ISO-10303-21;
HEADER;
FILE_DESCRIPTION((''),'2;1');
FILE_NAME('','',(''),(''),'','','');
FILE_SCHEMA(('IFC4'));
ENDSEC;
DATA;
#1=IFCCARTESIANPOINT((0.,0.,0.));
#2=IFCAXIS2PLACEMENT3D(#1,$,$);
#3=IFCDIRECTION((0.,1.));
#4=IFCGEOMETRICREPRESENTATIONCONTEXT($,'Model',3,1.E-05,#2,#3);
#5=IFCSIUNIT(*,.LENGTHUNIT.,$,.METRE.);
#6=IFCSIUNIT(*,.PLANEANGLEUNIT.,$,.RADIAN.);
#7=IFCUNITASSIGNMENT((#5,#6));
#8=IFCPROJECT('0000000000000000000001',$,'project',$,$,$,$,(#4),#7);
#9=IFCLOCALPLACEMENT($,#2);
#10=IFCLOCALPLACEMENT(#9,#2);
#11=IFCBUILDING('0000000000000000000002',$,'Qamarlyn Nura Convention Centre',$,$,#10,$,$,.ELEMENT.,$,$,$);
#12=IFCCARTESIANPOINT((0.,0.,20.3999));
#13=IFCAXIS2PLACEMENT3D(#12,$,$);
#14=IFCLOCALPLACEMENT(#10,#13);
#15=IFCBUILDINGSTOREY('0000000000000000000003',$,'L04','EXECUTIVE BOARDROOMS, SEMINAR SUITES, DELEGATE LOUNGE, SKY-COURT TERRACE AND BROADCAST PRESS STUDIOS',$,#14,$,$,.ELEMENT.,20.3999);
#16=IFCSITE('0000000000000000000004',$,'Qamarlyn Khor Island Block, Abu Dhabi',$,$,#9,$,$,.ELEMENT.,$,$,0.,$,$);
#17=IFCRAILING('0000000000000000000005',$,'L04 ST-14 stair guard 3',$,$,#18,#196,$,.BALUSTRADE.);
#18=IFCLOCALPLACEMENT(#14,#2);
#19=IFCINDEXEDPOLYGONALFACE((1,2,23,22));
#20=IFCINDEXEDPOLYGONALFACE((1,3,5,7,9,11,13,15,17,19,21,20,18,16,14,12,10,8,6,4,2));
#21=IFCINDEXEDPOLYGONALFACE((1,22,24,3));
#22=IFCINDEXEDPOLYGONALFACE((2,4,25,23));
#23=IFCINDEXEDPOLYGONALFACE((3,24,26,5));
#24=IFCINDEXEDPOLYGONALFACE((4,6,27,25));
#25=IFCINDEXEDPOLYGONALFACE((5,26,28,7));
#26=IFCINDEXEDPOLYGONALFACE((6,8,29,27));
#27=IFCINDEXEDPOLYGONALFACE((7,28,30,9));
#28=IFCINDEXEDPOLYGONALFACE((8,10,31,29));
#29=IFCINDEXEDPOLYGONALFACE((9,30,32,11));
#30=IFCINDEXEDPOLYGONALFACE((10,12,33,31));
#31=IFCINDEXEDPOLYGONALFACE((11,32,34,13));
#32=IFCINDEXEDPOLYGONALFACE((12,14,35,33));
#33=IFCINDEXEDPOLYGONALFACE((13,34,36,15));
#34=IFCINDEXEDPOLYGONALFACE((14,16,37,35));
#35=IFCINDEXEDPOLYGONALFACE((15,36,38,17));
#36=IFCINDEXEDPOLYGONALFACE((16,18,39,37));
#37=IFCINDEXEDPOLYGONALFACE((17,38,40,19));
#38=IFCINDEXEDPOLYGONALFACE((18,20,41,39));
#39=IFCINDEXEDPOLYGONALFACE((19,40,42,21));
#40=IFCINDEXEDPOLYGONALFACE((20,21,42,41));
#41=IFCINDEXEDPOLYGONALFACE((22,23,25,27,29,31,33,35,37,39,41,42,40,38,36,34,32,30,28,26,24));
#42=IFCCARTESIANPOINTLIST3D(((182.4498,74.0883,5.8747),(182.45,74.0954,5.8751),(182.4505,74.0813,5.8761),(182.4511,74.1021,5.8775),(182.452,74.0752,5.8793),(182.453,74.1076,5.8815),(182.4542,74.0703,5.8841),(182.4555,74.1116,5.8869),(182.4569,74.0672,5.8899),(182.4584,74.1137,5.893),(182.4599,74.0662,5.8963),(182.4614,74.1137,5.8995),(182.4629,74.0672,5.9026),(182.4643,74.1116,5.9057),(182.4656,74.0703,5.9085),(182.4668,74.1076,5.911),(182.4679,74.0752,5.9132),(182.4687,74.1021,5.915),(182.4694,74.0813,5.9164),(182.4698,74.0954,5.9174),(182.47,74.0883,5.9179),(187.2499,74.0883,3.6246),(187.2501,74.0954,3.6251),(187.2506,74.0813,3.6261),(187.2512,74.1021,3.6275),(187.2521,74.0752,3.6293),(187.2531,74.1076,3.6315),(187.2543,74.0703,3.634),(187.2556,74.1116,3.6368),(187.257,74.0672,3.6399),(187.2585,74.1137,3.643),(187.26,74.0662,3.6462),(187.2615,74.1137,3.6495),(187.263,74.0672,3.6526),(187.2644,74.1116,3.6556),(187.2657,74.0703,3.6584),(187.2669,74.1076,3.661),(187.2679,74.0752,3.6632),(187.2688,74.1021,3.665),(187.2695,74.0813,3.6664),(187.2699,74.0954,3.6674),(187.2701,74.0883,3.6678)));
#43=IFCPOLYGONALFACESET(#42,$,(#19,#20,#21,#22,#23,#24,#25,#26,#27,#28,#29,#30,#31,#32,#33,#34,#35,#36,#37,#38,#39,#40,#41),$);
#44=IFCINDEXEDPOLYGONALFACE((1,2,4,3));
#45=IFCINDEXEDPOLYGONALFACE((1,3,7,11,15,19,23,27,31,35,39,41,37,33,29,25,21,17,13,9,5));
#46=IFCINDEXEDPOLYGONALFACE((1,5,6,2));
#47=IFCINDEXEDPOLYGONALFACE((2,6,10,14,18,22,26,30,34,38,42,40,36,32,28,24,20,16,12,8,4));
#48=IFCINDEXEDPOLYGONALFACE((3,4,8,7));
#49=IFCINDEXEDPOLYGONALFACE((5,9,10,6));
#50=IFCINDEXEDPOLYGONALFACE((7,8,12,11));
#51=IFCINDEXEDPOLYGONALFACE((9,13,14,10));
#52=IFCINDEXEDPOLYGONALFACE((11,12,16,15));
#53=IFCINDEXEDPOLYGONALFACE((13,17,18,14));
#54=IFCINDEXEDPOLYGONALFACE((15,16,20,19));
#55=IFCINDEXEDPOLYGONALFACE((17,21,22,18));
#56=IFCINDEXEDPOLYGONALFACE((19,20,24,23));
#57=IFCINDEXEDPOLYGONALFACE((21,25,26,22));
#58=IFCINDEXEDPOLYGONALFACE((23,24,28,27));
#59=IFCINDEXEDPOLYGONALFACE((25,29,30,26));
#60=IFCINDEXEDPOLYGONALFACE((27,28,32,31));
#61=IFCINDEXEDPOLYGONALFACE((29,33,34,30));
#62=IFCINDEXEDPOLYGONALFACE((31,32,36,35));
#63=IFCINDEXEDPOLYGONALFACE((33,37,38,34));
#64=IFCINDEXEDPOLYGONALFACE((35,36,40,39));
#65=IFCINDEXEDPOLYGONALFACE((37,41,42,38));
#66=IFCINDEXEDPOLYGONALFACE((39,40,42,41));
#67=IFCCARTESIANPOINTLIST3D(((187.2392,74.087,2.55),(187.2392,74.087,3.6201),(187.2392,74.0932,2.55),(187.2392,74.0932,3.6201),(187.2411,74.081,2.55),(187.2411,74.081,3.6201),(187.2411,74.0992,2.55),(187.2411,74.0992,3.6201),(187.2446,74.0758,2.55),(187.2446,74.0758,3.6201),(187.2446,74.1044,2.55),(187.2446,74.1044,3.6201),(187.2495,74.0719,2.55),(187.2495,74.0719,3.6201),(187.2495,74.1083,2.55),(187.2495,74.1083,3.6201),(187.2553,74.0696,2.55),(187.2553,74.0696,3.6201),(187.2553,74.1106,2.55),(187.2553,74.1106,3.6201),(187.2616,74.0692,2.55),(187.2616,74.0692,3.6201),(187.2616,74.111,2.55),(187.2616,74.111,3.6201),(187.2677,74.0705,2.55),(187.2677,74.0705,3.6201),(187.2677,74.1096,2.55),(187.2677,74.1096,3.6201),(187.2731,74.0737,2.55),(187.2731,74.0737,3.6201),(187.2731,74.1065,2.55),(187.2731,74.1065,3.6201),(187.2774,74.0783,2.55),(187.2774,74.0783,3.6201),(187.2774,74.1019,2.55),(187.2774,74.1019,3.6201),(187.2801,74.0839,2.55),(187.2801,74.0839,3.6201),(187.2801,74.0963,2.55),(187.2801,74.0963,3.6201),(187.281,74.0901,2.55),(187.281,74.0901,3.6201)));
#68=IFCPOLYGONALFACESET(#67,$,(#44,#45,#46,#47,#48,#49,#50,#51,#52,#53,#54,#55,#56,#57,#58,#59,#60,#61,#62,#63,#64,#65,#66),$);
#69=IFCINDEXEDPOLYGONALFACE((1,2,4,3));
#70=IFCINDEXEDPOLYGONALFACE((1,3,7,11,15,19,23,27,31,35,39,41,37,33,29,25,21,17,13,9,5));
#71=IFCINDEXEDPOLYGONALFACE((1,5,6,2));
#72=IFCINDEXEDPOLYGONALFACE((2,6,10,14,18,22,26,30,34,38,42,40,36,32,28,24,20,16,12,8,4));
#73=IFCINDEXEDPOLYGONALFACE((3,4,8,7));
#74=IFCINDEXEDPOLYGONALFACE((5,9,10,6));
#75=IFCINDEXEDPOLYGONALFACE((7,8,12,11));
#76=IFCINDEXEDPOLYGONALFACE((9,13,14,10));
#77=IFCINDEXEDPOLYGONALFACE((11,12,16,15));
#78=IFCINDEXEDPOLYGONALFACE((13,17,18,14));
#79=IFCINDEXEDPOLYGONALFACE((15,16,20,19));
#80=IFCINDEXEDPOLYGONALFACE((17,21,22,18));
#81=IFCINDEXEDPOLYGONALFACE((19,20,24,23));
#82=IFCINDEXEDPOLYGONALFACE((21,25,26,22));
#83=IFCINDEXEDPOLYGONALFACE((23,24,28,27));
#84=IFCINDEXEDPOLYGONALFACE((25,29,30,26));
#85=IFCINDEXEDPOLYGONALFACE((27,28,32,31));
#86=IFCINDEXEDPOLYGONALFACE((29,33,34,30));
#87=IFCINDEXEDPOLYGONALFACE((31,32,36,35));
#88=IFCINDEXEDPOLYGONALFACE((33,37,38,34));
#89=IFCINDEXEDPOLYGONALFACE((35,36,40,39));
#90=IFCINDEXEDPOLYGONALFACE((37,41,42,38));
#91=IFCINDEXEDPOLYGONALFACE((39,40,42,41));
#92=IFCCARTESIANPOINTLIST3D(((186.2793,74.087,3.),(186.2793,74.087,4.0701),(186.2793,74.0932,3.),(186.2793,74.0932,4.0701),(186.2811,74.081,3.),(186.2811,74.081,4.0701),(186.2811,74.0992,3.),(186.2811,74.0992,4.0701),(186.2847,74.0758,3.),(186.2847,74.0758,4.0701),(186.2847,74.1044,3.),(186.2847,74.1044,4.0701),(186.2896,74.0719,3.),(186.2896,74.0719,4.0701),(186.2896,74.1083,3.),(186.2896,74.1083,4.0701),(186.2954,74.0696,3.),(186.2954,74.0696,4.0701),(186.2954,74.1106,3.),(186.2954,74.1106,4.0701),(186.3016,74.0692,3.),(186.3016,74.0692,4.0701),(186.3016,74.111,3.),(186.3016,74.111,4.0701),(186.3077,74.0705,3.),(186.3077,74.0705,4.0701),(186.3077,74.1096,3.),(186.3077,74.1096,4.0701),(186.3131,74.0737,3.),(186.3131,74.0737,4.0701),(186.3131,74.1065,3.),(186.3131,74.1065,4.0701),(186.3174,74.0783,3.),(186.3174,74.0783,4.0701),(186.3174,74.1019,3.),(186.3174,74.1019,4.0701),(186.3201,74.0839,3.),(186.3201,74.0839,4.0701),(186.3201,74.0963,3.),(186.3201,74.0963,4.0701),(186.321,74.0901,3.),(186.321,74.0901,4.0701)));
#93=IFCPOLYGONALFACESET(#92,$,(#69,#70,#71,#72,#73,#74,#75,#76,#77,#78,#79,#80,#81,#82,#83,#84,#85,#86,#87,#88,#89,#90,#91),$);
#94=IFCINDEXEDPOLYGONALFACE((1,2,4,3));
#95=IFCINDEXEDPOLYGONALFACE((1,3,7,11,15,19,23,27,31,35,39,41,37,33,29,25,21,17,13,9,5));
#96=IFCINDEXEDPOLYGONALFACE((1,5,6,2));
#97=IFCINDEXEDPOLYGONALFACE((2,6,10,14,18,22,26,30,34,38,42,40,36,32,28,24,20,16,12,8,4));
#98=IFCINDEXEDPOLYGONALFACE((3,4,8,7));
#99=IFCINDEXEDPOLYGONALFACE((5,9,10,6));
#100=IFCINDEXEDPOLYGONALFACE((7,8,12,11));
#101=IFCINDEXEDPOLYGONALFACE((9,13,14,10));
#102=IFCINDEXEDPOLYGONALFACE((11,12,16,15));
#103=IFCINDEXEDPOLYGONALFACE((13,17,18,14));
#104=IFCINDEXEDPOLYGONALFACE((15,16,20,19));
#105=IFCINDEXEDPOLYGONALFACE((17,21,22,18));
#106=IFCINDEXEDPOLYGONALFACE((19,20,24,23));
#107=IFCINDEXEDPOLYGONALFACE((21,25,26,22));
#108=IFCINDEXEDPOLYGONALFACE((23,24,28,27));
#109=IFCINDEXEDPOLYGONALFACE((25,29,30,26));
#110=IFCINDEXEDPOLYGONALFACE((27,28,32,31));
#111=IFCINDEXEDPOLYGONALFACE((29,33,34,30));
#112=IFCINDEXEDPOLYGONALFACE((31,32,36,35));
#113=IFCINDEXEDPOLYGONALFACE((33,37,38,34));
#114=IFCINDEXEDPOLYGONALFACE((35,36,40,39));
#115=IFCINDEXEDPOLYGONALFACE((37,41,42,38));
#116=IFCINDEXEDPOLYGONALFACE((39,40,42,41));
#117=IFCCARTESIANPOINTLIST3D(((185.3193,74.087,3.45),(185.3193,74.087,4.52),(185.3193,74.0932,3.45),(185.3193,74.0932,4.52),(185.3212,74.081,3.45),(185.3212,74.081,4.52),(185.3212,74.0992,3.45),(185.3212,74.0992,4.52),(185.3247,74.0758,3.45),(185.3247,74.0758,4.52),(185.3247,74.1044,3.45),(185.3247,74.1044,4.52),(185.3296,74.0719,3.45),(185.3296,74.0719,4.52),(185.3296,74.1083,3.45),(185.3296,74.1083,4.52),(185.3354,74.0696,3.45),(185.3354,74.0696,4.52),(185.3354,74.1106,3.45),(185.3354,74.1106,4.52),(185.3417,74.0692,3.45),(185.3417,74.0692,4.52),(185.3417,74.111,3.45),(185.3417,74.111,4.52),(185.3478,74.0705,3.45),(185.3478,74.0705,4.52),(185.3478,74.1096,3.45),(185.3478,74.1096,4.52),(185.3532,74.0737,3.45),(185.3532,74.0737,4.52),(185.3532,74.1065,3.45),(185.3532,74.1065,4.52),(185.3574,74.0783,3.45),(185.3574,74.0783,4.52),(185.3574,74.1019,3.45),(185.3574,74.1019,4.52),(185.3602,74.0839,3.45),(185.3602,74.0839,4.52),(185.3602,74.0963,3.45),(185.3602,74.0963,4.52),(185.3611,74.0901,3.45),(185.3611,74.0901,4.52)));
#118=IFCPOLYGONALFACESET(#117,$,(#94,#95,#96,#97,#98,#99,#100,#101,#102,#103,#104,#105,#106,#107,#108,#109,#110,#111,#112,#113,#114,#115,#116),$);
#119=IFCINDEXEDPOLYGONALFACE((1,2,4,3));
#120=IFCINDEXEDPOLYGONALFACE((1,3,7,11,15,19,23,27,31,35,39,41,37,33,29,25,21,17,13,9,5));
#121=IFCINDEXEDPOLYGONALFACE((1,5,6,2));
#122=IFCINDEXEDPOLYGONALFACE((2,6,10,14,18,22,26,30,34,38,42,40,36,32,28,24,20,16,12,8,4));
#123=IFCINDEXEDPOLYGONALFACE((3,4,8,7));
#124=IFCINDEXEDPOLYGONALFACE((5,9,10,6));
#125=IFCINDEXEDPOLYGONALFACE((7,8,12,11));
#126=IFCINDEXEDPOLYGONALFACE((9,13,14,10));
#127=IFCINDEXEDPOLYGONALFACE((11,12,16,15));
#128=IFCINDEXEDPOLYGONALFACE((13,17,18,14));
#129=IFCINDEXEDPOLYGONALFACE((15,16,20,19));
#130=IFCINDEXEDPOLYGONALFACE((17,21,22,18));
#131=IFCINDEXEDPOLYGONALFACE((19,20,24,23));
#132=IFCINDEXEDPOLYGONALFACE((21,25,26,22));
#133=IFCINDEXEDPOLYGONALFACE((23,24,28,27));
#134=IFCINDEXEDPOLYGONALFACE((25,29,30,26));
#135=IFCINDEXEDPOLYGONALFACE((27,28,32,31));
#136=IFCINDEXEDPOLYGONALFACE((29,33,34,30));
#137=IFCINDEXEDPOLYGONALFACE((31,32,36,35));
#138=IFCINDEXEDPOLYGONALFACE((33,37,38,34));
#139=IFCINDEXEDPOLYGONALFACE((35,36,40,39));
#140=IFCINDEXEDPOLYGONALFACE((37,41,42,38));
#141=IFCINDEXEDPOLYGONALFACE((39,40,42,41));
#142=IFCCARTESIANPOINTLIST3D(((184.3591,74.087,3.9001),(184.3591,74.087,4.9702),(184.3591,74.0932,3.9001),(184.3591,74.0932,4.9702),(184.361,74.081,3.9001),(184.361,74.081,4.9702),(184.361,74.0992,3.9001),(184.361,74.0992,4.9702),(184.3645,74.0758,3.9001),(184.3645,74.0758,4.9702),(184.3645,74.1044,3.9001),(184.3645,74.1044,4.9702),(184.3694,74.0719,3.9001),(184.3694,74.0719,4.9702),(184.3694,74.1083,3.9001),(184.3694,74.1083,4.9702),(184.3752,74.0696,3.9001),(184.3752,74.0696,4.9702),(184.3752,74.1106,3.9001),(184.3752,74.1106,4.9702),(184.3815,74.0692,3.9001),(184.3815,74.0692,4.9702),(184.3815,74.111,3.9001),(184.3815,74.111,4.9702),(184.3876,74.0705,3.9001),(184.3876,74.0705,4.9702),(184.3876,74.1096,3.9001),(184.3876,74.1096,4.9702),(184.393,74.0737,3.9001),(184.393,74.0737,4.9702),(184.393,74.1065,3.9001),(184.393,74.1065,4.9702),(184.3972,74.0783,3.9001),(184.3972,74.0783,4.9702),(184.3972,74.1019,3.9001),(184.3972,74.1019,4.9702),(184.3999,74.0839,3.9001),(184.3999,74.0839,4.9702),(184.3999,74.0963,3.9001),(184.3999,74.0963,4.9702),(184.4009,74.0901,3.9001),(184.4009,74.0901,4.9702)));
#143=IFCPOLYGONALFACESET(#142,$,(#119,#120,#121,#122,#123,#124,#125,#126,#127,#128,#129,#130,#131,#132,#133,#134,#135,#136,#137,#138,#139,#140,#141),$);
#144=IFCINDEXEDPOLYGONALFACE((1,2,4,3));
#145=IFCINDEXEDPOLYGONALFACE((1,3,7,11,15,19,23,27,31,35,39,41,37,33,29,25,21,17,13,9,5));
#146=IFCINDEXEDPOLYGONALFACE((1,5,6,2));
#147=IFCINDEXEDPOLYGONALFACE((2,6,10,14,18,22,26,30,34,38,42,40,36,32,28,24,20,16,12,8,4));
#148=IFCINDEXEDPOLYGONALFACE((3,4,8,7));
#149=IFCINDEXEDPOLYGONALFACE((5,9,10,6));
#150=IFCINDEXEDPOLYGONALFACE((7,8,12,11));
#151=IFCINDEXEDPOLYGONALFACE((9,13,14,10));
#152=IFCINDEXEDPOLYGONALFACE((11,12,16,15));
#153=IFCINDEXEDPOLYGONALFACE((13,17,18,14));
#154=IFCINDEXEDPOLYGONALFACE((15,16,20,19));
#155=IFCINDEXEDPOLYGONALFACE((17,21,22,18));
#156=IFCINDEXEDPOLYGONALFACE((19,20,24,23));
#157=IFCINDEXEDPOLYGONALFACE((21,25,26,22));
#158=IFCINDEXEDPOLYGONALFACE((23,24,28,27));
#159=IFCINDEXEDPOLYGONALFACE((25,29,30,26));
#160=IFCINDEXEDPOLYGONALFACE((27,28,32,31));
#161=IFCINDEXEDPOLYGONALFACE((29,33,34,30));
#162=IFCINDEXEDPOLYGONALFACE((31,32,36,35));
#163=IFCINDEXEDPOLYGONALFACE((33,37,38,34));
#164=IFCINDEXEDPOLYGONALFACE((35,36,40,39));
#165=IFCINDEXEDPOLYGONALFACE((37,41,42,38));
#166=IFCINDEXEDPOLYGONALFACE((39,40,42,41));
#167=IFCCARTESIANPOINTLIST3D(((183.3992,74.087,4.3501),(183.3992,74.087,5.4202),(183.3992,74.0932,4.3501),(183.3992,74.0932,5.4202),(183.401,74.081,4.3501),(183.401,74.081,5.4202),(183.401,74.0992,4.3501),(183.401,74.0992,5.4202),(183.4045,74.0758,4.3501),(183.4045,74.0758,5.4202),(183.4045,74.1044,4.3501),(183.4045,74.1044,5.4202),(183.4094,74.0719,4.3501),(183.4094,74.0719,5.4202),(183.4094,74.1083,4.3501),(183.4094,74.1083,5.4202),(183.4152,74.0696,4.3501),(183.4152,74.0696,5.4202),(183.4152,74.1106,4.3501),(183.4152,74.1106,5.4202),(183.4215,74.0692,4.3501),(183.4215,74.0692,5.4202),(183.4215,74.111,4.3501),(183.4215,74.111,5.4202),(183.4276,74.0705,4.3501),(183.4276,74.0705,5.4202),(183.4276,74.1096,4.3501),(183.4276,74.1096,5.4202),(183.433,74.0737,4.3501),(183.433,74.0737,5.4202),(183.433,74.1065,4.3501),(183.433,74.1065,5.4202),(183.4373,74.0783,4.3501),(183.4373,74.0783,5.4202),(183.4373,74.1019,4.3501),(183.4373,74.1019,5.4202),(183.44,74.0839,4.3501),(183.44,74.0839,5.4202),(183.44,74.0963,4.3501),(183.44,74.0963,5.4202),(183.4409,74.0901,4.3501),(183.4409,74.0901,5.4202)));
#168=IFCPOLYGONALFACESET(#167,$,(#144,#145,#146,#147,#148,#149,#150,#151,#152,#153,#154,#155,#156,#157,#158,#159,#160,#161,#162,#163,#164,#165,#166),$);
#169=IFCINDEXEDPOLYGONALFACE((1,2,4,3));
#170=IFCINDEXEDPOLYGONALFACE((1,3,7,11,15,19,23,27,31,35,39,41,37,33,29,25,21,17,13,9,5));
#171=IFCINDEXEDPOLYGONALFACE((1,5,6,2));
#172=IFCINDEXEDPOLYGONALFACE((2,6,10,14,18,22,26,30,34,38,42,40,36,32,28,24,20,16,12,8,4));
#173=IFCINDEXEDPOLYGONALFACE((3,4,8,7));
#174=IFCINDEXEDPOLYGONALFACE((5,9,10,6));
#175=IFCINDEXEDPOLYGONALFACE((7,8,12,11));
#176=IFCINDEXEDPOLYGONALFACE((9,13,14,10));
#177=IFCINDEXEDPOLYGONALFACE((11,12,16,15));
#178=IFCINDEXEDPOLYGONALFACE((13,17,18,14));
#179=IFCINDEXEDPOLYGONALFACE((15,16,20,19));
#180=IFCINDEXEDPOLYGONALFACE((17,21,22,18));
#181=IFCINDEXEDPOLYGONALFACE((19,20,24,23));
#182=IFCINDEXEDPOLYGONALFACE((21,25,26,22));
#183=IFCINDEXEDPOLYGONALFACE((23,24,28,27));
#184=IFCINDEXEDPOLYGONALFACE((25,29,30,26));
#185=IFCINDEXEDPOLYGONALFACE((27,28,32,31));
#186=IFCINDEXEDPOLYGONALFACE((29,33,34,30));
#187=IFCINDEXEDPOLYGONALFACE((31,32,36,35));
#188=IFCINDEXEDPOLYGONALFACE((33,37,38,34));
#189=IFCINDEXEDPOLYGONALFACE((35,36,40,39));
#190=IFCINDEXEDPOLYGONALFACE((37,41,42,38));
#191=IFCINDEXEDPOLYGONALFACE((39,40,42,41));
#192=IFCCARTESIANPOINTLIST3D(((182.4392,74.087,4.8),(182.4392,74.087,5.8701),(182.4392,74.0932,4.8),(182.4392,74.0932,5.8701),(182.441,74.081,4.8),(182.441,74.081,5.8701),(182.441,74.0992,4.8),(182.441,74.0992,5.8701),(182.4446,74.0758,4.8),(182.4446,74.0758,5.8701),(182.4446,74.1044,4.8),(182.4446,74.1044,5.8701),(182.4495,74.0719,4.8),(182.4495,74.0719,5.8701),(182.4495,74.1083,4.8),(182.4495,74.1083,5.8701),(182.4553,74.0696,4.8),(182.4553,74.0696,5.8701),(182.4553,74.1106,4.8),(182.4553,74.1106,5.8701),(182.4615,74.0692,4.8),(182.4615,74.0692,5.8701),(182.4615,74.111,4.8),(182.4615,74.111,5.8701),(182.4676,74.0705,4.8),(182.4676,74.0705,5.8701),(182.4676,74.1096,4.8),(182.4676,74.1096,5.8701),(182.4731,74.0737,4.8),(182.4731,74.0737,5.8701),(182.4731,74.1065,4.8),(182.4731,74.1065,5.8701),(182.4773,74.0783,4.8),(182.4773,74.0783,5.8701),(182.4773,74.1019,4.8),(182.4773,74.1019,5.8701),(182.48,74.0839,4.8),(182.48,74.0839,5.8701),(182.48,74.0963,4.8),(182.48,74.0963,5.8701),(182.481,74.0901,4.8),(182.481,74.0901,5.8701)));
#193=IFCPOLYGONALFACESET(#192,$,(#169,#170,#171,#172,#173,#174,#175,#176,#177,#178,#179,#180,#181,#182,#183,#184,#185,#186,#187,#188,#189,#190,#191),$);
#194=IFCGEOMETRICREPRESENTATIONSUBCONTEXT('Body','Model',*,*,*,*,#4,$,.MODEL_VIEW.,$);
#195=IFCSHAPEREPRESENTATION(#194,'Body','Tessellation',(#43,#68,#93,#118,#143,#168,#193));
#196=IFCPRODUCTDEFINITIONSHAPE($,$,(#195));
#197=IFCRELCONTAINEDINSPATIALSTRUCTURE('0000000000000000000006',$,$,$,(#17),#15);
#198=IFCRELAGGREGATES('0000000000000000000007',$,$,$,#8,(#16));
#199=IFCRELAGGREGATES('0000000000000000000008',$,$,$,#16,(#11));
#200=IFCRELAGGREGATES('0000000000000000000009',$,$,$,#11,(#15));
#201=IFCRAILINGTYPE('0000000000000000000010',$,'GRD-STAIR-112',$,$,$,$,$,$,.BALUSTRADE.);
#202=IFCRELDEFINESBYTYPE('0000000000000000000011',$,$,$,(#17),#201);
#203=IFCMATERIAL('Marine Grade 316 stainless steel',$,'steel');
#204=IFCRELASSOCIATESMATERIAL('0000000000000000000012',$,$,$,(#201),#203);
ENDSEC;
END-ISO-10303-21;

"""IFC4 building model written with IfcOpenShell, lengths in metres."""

from ifc_helpers import new_model, si_unit, direction, frame, origin, origin_2d, place, context, subcontext, project, spatial, circle, extrude, material, type_object, element, save


model = new_model("IFC4")

# Units and contexts
model_context = context("Model", 3, precision=1e-05, world=origin(), true_north=direction((0.0, 1.0)))
body_context = subcontext(model_context, "Body", "Model", "MODEL_VIEW")
ifc_project = project(units=[si_unit("LENGTHUNIT", "METRE"), si_unit("PLANEANGLEUNIT", "RADIAN")], contexts=[model_context])

# Site, building, storey
site_placement = place(None, origin())
site = spatial("IfcSite", under=ifc_project, at=site_placement, Name="Qamarlyn Khor Island Block, Abu Dhabi", CompositionType="ELEMENT", RefElevation=0.0)
building_placement = place(site_placement, origin())
building = spatial("IfcBuilding", under=site, at=building_placement, Name="Qamarlyn Nura Convention Centre", CompositionType="ELEMENT")
storey_placement = place(building_placement, frame((0.0, 0.0, 20.3999)))
storey = spatial("IfcBuildingStorey", under=building, at=storey_placement, Name="L04", Description="EXECUTIVE BOARDROOMS, SEMINAR SUITES, DELEGATE LOUNGE, SKY-COURT TERRACE AND BROADCAST PRESS STUDIOS", CompositionType="ELEMENT", Elevation=20.3999)

# Railing
ifc_material_1 = material(Name="Marine Grade 316 stainless steel", Category="steel")
railing_type = type_object("IfcRailingType", Name="GRD-STAIR-112", PredefinedType="BALUSTRADE", material=ifc_material_1)
railing_1_placement = place(storey_placement, frame((187.26, 74.0901, 2.55)))
element("IfcRailing", 1, at=railing_1_placement, inside=storey, type_object=railing_type, Name="L04 ST-14 stair guard 3", PredefinedType="BALUSTRADE", context=body_context, shape_type="SweptSolid", body=[
    extrude(circle(Radius=0.0239, at=origin_2d()), frame((0.0, 0.0, 1.0962), z_axis=(-0.905461, 0.0, 0.42443), x_axis=(0.0, -1.0, 0.0)), (0.0, 0.0, 1.0), 5.3013),
    extrude(circle(Radius=0.021, at=origin_2d()), origin(), (0.0, 0.0, 1.0), 1.0701),
    extrude(circle(Radius=0.021, at=origin_2d()), frame((-0.96, 0.0, 0.45)), (0.0, 0.0, 1.0), 1.0701),
    extrude(circle(Radius=0.021, at=origin_2d()), frame((-1.9199, 0.0, 0.8999)), (0.0, 0.0, 1.0), 1.0701),
    extrude(circle(Radius=0.021, at=origin_2d()), frame((-2.8801, 0.0, 1.3501)), (0.0, 0.0, 1.0), 1.0701),
    extrude(circle(Radius=0.021, at=origin_2d()), frame((-3.8401, 0.0, 1.8)), (0.0, 0.0, 1.0), 1.0701),
    extrude(circle(Radius=0.021, at=origin_2d()), frame((-4.8, 0.0, 2.25)), (0.0, 0.0, 1.0), 1.0701),
])

save(model, "model.ifc")
